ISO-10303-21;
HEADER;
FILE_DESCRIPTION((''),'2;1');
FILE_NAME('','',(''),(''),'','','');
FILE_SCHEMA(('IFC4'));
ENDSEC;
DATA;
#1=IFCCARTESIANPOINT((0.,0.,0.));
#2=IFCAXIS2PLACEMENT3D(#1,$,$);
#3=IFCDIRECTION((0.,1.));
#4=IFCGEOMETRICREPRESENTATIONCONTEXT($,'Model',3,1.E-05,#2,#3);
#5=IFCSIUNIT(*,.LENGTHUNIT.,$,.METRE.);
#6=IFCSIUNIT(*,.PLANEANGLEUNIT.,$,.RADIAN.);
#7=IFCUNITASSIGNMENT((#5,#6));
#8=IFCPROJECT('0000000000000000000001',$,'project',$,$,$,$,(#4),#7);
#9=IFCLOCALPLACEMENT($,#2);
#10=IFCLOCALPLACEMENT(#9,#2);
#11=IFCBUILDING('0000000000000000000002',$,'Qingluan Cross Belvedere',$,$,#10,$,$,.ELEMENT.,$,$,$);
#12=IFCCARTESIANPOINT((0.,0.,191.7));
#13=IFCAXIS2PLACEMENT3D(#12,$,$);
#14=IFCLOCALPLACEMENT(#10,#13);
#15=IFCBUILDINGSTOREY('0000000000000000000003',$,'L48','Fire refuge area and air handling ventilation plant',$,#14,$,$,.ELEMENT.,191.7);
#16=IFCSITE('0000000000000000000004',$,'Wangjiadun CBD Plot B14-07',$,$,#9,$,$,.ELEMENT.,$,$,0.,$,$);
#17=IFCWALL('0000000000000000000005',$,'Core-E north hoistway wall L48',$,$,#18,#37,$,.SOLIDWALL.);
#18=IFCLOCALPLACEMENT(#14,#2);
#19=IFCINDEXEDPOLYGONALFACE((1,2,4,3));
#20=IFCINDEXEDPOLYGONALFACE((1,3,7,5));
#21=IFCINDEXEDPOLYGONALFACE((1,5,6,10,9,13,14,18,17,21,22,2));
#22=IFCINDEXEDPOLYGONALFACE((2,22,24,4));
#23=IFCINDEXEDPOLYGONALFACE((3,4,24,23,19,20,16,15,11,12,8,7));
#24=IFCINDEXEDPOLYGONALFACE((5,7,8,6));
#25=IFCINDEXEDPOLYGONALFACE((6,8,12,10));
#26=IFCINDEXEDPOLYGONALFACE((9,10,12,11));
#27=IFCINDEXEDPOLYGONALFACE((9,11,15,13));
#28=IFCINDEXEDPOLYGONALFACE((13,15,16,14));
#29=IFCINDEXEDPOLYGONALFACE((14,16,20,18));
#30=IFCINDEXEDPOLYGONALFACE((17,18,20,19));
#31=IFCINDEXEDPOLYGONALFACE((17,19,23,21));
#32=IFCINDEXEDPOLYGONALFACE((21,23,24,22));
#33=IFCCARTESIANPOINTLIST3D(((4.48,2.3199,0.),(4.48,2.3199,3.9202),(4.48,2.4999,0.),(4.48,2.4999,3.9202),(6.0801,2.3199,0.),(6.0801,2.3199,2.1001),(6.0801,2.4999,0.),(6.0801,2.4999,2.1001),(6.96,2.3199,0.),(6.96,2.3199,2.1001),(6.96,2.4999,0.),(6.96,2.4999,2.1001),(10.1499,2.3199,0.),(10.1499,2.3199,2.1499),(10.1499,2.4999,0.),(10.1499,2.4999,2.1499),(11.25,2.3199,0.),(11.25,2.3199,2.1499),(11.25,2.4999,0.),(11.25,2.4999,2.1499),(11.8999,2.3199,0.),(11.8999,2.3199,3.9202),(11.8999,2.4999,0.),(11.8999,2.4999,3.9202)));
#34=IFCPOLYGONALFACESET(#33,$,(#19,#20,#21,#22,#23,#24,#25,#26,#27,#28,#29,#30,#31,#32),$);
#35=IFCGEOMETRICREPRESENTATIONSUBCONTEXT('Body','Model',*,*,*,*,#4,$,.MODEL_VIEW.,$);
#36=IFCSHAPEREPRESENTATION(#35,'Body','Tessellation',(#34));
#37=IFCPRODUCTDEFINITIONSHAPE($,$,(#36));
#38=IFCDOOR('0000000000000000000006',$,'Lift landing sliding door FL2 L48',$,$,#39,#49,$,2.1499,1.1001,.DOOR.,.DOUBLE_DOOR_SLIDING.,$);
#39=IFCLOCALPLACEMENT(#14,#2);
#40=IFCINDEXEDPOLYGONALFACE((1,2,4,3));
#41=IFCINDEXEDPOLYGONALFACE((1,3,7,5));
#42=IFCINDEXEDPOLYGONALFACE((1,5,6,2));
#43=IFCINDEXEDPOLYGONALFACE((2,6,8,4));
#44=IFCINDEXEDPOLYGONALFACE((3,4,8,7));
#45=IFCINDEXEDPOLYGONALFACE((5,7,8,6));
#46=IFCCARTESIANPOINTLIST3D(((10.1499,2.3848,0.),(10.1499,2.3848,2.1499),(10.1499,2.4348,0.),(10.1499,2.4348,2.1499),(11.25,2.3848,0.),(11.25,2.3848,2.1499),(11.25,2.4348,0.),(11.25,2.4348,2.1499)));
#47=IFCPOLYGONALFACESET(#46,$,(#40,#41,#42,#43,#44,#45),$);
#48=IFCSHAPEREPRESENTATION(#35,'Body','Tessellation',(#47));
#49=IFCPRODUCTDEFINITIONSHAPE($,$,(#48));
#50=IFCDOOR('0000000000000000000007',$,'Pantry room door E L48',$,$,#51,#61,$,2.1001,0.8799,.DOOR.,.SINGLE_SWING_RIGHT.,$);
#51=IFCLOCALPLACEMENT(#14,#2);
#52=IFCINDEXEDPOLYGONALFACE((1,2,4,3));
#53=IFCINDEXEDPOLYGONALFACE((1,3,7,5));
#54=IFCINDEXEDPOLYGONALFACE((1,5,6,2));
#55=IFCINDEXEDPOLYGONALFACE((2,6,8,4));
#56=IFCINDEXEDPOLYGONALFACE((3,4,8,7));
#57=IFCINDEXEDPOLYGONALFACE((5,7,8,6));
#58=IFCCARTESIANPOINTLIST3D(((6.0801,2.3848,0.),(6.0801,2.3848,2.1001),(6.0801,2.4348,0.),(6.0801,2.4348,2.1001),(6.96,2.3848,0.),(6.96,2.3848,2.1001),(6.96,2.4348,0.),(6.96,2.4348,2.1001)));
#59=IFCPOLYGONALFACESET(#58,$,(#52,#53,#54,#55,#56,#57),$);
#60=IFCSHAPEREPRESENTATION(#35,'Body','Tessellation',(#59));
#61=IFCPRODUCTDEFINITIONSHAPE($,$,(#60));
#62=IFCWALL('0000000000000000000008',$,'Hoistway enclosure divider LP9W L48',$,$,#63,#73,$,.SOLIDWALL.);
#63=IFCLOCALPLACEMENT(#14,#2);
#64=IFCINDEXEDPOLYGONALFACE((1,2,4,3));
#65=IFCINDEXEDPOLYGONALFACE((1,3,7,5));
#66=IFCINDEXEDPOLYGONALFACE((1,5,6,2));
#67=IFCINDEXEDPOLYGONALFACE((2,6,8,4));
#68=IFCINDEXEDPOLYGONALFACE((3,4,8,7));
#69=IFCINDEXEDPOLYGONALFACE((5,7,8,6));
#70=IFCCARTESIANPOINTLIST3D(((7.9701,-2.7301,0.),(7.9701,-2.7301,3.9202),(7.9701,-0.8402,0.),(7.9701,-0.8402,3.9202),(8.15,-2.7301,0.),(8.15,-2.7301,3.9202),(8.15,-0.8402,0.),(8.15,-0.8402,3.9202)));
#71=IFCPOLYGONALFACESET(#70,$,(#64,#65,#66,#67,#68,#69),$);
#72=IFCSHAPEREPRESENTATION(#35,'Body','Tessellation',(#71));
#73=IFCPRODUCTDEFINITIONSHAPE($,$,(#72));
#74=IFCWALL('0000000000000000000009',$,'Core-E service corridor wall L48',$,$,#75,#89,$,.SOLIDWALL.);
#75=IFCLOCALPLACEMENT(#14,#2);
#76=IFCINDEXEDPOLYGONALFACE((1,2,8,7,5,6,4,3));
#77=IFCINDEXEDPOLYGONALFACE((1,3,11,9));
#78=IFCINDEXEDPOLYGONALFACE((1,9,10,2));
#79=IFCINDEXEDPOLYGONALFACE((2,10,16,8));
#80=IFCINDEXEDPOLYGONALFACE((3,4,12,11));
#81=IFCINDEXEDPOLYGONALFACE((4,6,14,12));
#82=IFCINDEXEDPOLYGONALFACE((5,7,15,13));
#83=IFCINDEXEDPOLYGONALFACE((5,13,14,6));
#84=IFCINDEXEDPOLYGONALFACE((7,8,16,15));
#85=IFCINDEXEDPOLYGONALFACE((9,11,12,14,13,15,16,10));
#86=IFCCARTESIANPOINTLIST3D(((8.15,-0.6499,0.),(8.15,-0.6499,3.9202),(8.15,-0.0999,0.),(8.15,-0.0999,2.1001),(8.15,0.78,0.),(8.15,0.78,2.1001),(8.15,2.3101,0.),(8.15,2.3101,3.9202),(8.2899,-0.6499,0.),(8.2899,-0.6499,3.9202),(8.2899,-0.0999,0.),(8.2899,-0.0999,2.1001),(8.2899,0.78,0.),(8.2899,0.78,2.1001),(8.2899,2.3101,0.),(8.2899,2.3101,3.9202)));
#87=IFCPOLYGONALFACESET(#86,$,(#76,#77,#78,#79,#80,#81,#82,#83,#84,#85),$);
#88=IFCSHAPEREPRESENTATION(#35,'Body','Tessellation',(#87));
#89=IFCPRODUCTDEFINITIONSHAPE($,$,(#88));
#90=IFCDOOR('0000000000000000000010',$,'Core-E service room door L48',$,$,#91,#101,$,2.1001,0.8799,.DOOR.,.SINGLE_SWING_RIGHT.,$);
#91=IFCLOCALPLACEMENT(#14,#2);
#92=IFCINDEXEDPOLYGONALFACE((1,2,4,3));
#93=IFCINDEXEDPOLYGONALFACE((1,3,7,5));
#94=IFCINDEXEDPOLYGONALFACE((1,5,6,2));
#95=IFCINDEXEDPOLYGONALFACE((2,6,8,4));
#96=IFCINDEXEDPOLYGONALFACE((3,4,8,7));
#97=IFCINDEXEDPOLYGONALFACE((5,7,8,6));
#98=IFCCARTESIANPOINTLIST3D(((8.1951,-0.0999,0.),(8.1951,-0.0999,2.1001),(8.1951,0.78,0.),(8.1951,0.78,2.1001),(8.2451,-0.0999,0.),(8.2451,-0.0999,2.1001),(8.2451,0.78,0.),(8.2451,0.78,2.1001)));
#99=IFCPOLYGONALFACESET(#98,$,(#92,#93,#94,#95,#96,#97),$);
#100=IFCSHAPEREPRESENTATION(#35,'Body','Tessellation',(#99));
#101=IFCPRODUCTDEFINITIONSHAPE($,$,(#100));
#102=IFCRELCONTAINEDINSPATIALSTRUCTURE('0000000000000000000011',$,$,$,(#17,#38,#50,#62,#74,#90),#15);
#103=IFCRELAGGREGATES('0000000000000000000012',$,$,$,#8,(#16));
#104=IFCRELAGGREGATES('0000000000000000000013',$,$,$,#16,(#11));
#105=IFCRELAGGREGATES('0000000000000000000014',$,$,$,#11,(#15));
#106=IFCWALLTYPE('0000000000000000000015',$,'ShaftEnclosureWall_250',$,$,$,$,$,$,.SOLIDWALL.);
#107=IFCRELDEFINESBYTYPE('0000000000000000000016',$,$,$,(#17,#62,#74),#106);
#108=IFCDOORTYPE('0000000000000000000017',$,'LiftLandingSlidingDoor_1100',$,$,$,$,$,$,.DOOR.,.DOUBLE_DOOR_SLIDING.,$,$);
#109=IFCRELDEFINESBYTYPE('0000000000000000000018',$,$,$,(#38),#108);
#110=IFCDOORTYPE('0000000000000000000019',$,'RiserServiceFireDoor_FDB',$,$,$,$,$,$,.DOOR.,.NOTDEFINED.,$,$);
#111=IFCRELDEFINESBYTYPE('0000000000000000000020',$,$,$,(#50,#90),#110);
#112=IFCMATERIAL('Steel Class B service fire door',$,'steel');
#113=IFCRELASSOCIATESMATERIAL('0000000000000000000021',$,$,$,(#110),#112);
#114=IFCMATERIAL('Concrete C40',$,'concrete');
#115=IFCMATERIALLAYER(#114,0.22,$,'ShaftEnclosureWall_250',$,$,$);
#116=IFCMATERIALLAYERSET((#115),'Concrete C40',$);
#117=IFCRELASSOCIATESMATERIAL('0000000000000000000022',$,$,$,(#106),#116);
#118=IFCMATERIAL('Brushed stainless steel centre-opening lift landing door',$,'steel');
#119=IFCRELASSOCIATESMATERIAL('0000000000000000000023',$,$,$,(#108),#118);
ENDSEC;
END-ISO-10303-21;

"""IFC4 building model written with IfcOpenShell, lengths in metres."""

from ifc_helpers import new_model, si_unit, direction, frame, frame_2d, origin, place, context, subcontext, project, spatial, rectangle, extrude, material, layer, layer_set, type_object, element, fill, save


model = new_model("IFC4")

# Units and contexts
model_context = context("Model", 3, precision=1e-05, world=origin(), true_north=direction((0.0, 1.0)))
body_context = subcontext(model_context, "Body", "Model", "MODEL_VIEW")
ifc_project = project(units=[si_unit("LENGTHUNIT", "METRE"), si_unit("PLANEANGLEUNIT", "RADIAN")], contexts=[model_context])

# Site, building, storey
site_placement = place(None, origin())
site = spatial("IfcSite", under=ifc_project, at=site_placement, Name="Wangjiadun CBD Plot B14-07", CompositionType="ELEMENT", RefElevation=0.0)
building_placement = place(site_placement, origin())
building = spatial("IfcBuilding", under=site, at=building_placement, Name="Qingluan Cross Belvedere", CompositionType="ELEMENT")
storey_placement = place(building_placement, frame((0.0, 0.0, 191.7)))
storey = spatial("IfcBuildingStorey", under=building, at=storey_placement, Name="L48", Description="Fire refuge area and air handling ventilation plant", CompositionType="ELEMENT", Elevation=191.7)

# Shared definitions
ifc_material_1 = material(Name="Steel Class B service fire door", Category="steel")
door_type_1 = type_object("IfcDoorType", Name="RiserServiceFireDoor_FDB", OperationType="NOTDEFINED", PredefinedType="DOOR", material=ifc_material_1)

# Wall, openings, doors
ifc_material_2 = material(Name="Concrete C40", Category="concrete")
ifc_layer_1 = layer(ifc_material_2, 0.22, Name="ShaftEnclosureWall_250")
ifc_layer_set_1 = layer_set([ifc_layer_1], Name="Concrete C40")
wall_type_1 = type_object("IfcWallType", Name="ShaftEnclosureWall_250", PredefinedType="SOLIDWALL", material=ifc_layer_set_1)
wall_1_placement = place(storey_placement, frame((4.48, 2.4099, 0.0), z_axis=(0.0, 0.0, 1.0), x_axis=(1.0, 0.0, 0.0)))
wall_1 = element("IfcWall", 1, at=wall_1_placement, inside=storey, type_object=wall_type_1, Name="Core-E north hoistway wall L48", PredefinedType="SOLIDWALL", context=body_context, shape_type="SweptSolid", body=[
    extrude(rectangle(XDim=7.4199, YDim=0.1799, at=frame_2d((3.71, 0.0))), origin(), (0.0, 0.0, 1.0), 3.9202),
])
opening_1_placement = place(wall_1_placement, frame((5.6699, 0.0, 0.0)))
opening_1 = element("IfcOpeningElement", 2, at=opening_1_placement, cuts=wall_1, PredefinedType="OPENING", context=body_context, shape_type="SweptSolid", body=[
    extrude(rectangle(XDim=1.1001, YDim=2.1499, at=frame_2d((0.55, 1.075))), frame((0.0, 0.0999, 0.0), z_axis=(0.0, -1.0, 0.0), x_axis=(1.0, 0.0, 0.0)), (0.0, 0.0, 1.0), 0.2),
])
opening_2_placement = place(wall_1_placement, frame((1.6001, 0.0, 0.0)))
opening_2 = element("IfcOpeningElement", 3, at=opening_2_placement, cuts=wall_1, PredefinedType="OPENING", context=body_context, shape_type="SweptSolid", body=[
    extrude(rectangle(XDim=0.8799, YDim=2.1001, at=frame_2d((0.4399, 1.05))), frame((0.0, 0.0999, 0.0), z_axis=(0.0, -1.0, 0.0), x_axis=(1.0, 0.0, 0.0)), (0.0, 0.0, 1.0), 0.2),
])
ifc_material_3 = material(Name="Brushed stainless steel centre-opening lift landing door", Category="steel")
door_type_2 = type_object("IfcDoorType", Name="LiftLandingSlidingDoor_1100", OperationType="DOUBLE_DOOR_SLIDING", PredefinedType="DOOR", material=ifc_material_3)
door_1_placement = place(opening_1_placement, origin())
door_1 = element("IfcDoor", 4, at=door_1_placement, inside=storey, type_object=door_type_2, Name="Lift landing sliding door FL2 L48", OperationType="DOUBLE_DOOR_SLIDING", OverallHeight=2.1499, OverallWidth=1.1001, PredefinedType="DOOR", context=body_context, shape_type="SweptSolid", body=[
    extrude(rectangle(XDim=1.1001, YDim=2.1499, at=frame_2d((0.55, 1.075))), frame((0.0, 0.0249, 0.0), z_axis=(0.0, -1.0, 0.0), x_axis=(1.0, 0.0, 0.0)), (0.0, 0.0, 1.0), 0.05),
])
fill(opening_1, door_1)
door_2_placement = place(opening_2_placement, origin())
door_2 = element("IfcDoor", 5, at=door_2_placement, inside=storey, type_object=door_type_1, Name="Pantry room door E L48", OperationType="SINGLE_SWING_RIGHT", OverallHeight=2.1001, OverallWidth=0.8799, PredefinedType="DOOR", context=body_context, shape_type="SweptSolid", body=[
    extrude(rectangle(XDim=0.8799, YDim=2.1001, at=frame_2d((0.4399, 1.05))), frame((0.0, 0.0249, 0.0), z_axis=(0.0, -1.0, 0.0), x_axis=(1.0, 0.0, 0.0)), (0.0, 0.0, 1.0), 0.05),
])
fill(opening_2, door_2)

# Wall
wall_2_placement = place(storey_placement, frame((8.0601, -2.73, 0.0), z_axis=(0.0, 0.0, 1.0), x_axis=(0.0, 1.0, 0.0)))
element("IfcWall", 6, at=wall_2_placement, inside=storey, type_object=wall_type_1, Name="Hoistway enclosure divider LP9W L48", PredefinedType="SOLIDWALL", context=body_context, shape_type="SweptSolid", body=[
    extrude(rectangle(XDim=1.8899, YDim=0.1799, at=frame_2d((0.9448, 0.0))), origin(), (0.0, 0.0, 1.0), 3.9202),
])

# Wall, opening, door
wall_3_placement = place(storey_placement, frame((8.22, -0.6499, 0.0), z_axis=(0.0, 0.0, 1.0), x_axis=(0.0, 1.0, 0.0)))
wall_3 = element("IfcWall", 7, at=wall_3_placement, inside=storey, type_object=wall_type_1, Name="Core-E service corridor wall L48", PredefinedType="SOLIDWALL", context=body_context, shape_type="SweptSolid", body=[
    extrude(rectangle(XDim=2.96, YDim=0.1399, at=frame_2d((1.48, 0.0))), origin(), (0.0, 0.0, 1.0), 3.9202),
])
opening_3_placement = place(wall_3_placement, frame((0.55, 0.0, 0.0)))
opening_3 = element("IfcOpeningElement", 8, at=opening_3_placement, cuts=wall_3, PredefinedType="OPENING", context=body_context, shape_type="SweptSolid", body=[
    extrude(rectangle(XDim=0.8799, YDim=2.1001, at=frame_2d((0.4399, 1.05))), frame((0.0, 0.0798, 0.0), z_axis=(0.0, -1.0, 0.0), x_axis=(1.0, 0.0, 0.0)), (0.0, 0.0, 1.0), 0.1599),
])
door_3_placement = place(opening_3_placement, origin())
door_3 = element("IfcDoor", 9, at=door_3_placement, inside=storey, type_object=door_type_1, Name="Core-E service room door L48", OperationType="SINGLE_SWING_RIGHT", OverallHeight=2.1001, OverallWidth=0.8799, PredefinedType="DOOR", context=body_context, shape_type="SweptSolid", body=[
    extrude(rectangle(XDim=0.8799, YDim=2.1001, at=frame_2d((0.4399, 1.05))), frame((0.0, 0.0249, 0.0), z_axis=(0.0, -1.0, 0.0), x_axis=(1.0, 0.0, 0.0)), (0.0, 0.0, 1.0), 0.05),
])
fill(opening_3, door_3)

save(model, "model.ifc")
